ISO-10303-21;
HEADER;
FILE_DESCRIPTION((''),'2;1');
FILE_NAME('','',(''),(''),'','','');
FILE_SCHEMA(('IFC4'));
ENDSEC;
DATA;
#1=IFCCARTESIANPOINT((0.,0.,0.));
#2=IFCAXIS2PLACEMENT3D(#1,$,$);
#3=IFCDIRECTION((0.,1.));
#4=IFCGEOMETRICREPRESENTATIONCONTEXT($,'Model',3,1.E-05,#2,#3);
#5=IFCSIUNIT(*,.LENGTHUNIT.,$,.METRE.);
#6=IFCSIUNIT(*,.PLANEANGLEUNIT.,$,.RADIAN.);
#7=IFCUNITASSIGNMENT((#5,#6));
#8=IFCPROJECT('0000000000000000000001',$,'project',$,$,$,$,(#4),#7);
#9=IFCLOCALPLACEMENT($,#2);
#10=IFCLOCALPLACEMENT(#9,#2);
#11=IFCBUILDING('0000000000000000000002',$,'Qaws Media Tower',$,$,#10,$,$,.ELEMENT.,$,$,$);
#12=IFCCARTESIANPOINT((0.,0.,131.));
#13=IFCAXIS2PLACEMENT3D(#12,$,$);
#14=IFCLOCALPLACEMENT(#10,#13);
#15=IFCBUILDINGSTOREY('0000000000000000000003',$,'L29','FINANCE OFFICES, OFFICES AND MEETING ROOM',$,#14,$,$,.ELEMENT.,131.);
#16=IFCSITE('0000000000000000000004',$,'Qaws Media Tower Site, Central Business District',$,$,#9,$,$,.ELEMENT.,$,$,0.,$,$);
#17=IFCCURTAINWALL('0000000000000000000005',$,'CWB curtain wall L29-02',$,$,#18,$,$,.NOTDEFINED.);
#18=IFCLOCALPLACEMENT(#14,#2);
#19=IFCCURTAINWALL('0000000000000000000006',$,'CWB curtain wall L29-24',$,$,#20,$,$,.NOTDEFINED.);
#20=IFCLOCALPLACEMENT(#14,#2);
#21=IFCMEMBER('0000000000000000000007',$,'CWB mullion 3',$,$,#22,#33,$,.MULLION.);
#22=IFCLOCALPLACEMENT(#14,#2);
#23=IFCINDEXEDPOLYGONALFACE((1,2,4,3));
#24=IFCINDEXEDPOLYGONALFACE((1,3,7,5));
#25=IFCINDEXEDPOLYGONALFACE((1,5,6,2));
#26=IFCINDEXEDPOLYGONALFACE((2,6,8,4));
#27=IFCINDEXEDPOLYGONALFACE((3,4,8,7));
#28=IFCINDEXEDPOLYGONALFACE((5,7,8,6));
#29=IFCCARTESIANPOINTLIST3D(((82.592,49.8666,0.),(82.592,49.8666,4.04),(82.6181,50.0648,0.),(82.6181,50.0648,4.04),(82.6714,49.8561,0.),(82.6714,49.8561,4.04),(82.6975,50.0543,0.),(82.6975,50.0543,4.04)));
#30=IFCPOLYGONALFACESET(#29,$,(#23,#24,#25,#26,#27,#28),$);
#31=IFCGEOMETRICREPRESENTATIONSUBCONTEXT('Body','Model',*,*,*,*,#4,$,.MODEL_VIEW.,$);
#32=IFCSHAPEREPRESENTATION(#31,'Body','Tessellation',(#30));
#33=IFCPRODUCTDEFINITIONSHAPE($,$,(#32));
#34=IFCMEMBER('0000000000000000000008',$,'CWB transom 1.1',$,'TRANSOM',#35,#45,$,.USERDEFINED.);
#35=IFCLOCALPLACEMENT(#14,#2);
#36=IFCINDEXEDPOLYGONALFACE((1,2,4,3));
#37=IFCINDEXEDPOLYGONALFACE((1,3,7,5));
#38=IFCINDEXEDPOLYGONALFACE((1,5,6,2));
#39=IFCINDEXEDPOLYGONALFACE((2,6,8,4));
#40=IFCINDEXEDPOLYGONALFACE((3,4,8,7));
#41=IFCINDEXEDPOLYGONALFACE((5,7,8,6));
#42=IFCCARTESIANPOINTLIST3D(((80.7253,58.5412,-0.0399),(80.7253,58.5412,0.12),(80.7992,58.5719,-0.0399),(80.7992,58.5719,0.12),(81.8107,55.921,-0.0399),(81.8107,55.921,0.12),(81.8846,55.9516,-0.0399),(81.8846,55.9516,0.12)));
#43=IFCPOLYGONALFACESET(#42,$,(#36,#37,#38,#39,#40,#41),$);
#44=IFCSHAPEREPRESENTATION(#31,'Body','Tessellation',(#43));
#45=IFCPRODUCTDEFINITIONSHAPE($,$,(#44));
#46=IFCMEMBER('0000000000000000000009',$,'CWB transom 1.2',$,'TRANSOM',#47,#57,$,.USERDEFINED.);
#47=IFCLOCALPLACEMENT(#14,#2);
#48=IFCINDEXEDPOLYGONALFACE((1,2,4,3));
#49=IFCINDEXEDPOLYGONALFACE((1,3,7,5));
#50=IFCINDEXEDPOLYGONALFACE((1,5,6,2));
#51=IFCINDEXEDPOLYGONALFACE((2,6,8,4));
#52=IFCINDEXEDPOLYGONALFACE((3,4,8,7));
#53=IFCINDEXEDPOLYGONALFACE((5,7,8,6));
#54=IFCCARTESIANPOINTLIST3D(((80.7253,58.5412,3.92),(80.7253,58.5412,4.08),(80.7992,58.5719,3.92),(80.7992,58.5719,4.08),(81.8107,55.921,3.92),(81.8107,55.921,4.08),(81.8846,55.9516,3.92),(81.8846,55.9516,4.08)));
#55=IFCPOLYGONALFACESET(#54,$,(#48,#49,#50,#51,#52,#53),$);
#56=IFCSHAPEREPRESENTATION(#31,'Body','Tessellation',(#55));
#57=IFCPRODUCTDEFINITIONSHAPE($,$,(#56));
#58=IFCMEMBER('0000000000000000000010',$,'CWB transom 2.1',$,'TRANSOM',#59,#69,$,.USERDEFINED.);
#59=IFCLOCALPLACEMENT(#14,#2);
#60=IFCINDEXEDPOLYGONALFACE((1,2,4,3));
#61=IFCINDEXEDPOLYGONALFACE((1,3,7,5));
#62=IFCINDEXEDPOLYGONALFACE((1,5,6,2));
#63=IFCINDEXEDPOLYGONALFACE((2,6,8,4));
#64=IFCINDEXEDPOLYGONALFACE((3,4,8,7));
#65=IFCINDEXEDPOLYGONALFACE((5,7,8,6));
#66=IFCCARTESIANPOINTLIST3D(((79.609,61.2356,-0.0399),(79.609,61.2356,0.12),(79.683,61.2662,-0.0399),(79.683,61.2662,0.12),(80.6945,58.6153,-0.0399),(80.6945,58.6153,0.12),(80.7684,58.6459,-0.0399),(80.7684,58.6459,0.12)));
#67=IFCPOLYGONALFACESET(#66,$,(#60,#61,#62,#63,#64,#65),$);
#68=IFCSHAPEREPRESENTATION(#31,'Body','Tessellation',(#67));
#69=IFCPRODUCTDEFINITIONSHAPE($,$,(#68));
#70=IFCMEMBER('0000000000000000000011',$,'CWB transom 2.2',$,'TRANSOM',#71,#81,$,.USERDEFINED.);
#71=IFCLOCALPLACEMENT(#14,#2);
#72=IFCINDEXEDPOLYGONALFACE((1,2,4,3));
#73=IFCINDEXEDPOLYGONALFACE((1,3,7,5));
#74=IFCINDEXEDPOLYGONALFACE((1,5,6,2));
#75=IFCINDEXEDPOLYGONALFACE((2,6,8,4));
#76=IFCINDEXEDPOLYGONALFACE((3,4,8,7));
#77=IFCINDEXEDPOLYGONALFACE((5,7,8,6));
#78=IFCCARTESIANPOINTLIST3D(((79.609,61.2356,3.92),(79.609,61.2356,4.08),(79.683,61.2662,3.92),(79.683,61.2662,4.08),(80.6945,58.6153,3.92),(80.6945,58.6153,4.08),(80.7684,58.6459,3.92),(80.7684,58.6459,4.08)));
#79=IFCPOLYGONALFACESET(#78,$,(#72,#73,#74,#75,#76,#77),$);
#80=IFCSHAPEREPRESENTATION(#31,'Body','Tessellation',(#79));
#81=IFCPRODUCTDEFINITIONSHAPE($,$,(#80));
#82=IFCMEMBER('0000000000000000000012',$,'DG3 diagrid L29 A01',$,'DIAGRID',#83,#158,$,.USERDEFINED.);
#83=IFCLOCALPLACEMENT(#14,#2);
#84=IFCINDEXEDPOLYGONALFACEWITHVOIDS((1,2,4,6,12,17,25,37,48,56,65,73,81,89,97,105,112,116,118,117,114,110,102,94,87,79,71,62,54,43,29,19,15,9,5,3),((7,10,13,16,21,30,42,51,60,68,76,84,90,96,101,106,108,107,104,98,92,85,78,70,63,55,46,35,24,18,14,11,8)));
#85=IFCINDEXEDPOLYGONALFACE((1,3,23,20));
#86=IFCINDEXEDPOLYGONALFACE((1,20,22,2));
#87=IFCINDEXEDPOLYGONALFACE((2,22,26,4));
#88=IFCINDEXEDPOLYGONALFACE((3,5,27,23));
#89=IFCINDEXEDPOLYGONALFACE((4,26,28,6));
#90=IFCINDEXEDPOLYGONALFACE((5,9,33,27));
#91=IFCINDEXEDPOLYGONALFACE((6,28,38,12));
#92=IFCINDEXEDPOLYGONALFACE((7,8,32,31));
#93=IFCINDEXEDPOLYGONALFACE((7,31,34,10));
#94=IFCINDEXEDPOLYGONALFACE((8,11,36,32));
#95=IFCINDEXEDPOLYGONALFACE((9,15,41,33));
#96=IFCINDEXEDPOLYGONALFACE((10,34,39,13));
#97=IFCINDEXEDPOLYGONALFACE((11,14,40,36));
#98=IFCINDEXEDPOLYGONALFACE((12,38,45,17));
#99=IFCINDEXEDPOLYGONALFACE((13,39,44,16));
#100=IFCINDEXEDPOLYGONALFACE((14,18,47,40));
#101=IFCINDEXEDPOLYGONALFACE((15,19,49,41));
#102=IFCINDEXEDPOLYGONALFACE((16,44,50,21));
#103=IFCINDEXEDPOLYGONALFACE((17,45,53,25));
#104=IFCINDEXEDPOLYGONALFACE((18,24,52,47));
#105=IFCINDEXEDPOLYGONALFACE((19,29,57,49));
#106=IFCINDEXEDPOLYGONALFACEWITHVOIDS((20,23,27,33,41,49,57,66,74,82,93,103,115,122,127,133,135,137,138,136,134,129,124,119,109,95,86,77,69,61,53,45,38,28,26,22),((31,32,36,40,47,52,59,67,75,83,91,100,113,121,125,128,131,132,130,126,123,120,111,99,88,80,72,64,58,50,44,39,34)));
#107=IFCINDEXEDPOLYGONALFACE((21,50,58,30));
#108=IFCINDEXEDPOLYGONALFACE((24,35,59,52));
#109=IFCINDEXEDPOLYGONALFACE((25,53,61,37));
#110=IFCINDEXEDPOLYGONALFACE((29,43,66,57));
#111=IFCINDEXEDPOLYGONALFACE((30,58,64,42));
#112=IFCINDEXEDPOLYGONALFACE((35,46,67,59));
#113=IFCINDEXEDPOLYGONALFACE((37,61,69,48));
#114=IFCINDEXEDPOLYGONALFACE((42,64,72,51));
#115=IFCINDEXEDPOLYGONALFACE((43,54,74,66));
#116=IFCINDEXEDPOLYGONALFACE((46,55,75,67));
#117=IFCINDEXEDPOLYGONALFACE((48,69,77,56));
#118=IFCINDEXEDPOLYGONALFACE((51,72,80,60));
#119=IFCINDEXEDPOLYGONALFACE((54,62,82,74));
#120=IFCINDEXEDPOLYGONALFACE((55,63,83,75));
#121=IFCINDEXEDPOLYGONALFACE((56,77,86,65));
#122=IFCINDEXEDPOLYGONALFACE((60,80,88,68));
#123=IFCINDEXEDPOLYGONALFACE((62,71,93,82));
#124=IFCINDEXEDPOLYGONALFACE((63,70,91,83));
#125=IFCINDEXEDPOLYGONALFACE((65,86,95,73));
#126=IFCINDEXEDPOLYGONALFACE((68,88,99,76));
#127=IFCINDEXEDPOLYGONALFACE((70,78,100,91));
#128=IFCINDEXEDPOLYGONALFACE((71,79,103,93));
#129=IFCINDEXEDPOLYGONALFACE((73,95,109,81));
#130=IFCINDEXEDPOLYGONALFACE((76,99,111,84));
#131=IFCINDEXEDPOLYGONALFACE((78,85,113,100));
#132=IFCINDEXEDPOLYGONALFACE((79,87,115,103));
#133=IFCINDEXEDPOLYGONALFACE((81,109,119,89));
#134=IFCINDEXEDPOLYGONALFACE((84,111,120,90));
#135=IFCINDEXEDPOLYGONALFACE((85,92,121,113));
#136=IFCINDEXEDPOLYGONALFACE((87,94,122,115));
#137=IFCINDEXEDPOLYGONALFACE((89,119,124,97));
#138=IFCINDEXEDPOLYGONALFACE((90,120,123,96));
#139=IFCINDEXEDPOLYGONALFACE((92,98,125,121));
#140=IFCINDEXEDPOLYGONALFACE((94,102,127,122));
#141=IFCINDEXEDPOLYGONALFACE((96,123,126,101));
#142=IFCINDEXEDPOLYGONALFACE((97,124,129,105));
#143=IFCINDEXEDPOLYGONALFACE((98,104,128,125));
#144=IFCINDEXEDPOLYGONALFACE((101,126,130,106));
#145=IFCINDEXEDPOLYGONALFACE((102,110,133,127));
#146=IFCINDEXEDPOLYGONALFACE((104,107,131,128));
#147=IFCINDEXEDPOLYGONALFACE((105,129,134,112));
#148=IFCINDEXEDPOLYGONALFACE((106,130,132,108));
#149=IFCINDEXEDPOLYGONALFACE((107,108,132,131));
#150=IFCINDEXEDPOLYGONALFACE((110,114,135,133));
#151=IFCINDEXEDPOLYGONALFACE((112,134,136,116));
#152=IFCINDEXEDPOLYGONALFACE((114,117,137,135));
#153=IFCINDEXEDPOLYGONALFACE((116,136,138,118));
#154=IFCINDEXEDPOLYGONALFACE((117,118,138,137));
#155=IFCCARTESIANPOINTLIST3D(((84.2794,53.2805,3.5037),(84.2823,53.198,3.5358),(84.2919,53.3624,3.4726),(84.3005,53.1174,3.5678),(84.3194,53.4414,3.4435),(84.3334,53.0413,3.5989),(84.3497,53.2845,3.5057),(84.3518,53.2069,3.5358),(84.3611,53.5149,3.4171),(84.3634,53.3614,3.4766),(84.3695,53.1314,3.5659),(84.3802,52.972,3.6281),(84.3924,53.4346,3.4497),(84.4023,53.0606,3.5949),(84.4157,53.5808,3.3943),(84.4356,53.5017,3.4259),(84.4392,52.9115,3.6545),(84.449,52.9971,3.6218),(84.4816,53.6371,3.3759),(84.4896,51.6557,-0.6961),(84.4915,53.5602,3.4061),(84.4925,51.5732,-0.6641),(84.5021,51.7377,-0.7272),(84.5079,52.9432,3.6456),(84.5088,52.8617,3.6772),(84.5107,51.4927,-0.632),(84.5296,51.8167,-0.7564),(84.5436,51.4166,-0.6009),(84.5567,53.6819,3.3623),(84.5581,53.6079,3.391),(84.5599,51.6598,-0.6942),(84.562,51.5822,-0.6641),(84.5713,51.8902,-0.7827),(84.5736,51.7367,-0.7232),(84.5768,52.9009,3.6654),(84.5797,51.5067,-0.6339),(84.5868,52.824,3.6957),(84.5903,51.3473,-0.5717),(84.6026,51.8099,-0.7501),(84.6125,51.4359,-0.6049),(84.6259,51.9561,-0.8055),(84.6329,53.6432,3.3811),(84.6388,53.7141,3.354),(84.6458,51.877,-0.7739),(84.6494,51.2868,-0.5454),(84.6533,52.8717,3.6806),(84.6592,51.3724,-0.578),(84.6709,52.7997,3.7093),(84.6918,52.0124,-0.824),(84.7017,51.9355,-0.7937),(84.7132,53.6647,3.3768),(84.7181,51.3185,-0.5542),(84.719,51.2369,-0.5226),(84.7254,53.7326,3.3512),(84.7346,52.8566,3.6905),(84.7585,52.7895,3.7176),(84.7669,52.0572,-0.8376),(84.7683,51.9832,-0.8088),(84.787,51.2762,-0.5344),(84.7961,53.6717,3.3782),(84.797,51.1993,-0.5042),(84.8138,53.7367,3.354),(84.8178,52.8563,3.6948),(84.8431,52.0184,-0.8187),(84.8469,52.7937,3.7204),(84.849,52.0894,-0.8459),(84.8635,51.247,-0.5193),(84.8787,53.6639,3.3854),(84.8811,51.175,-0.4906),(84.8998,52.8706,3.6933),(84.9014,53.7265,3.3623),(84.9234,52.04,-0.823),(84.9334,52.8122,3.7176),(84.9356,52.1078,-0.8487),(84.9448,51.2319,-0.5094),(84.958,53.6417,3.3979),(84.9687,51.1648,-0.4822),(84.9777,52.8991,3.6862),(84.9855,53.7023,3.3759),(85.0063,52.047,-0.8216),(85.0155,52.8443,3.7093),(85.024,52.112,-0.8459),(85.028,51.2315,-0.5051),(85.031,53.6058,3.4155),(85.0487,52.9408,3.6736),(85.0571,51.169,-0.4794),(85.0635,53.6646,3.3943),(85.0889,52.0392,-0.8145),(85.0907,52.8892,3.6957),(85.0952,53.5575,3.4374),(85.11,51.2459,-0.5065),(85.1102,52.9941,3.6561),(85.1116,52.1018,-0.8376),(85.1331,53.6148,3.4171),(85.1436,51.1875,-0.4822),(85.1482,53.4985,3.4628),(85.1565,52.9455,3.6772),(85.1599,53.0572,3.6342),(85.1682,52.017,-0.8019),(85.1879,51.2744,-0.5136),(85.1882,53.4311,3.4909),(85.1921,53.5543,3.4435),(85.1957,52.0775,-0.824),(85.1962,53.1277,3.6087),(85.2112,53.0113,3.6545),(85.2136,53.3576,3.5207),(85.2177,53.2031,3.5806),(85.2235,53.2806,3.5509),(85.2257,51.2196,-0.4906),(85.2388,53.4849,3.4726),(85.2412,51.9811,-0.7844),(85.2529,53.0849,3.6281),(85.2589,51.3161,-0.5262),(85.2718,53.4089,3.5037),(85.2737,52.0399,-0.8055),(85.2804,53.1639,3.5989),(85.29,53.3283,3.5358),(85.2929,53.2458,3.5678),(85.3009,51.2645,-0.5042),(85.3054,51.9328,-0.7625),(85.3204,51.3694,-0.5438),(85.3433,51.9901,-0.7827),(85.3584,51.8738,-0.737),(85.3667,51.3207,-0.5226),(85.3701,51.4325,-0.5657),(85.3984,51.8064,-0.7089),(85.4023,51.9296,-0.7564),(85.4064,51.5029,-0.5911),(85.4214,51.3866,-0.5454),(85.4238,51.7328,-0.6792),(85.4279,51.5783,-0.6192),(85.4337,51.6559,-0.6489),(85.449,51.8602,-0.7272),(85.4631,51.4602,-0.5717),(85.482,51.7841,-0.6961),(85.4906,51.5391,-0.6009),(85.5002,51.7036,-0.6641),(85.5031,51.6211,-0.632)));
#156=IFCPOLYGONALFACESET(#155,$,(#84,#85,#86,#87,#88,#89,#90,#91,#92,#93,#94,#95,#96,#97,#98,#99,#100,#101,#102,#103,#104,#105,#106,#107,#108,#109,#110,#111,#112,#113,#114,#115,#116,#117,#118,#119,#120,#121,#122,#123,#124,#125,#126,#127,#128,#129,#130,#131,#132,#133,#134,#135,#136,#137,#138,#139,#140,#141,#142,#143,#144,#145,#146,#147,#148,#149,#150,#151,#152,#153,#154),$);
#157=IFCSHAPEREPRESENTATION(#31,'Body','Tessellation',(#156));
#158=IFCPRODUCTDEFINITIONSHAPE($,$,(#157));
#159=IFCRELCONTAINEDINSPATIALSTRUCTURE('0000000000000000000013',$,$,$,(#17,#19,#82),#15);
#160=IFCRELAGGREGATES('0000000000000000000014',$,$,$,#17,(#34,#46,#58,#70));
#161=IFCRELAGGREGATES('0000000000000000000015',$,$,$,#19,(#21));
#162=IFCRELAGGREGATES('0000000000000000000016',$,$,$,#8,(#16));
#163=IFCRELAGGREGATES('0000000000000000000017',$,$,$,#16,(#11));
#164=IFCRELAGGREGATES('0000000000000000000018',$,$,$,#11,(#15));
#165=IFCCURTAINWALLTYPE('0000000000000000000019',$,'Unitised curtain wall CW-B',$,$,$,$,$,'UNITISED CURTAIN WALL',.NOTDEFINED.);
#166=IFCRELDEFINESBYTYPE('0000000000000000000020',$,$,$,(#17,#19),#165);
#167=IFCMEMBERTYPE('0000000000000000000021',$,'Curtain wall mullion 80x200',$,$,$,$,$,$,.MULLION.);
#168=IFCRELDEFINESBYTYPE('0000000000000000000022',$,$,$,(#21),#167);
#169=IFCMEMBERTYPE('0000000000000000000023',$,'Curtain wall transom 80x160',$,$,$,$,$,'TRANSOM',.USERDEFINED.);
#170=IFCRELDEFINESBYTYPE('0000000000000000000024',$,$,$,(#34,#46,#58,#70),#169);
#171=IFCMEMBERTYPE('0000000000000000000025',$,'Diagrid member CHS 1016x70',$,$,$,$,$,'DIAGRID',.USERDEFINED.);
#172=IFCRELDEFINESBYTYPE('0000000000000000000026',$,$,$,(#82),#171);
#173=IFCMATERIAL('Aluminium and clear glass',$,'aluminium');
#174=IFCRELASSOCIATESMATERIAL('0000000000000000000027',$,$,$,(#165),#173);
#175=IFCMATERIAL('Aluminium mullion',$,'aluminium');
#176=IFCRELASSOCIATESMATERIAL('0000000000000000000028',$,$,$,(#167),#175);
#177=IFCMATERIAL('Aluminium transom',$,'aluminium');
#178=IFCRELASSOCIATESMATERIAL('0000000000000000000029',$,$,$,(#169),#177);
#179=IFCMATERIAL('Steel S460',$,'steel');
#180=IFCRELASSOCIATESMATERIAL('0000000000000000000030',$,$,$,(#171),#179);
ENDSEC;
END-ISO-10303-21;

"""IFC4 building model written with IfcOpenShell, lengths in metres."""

from ifc_helpers import new_model, si_unit, direction, frame, origin, origin_2d, place, context, subcontext, project, spatial, rectangle, hollow_circle, extrude, material, material_profile, profile_set, type_object, element, aggregate, save


model = new_model("IFC4")

# Units and contexts
model_context = context("Model", 3, precision=1e-05, world=origin(), true_north=direction((0.0, 1.0)))
body_context = subcontext(model_context, "Body", "Model", "MODEL_VIEW")
ifc_project = project(units=[si_unit("LENGTHUNIT", "METRE"), si_unit("PLANEANGLEUNIT", "RADIAN")], contexts=[model_context])

# Site, building, storey
site_placement = place(None, origin())
site = spatial("IfcSite", under=ifc_project, at=site_placement, Name="Qaws Media Tower Site, Central Business District", CompositionType="ELEMENT", RefElevation=0.0)
building_placement = place(site_placement, origin())
building = spatial("IfcBuilding", under=site, at=building_placement, Name="Qaws Media Tower", CompositionType="ELEMENT")
storey_placement = place(building_placement, frame((0.0, 0.0, 131.0)))
storey = spatial("IfcBuildingStorey", under=building, at=storey_placement, Name="L29", Description="FINANCE OFFICES, OFFICES AND MEETING ROOM", CompositionType="ELEMENT", Elevation=131.0)

# Curtain wall
ifc_material_1 = material(Name="Aluminium and clear glass", Category="aluminium")
curtain_wall_type = type_object("IfcCurtainWallType", Name="Unitised curtain wall CW-B", ElementType="UNITISED CURTAIN WALL", PredefinedType="NOTDEFINED", material=ifc_material_1)
curtain_wall_1_placement = place(storey_placement, origin())
curtain_wall_1 = element("IfcCurtainWall", 1, at=curtain_wall_1_placement, inside=storey, type_object=curtain_wall_type, Name="CWB curtain wall L29-02", PredefinedType="NOTDEFINED")
ifc_material_2 = material(Name="Aluminium mullion", Category="aluminium")
ifc_material_profile_1 = material_profile(ifc_material_2, rectangle(XDim=0.0801, YDim=0.2, at=origin_2d()), Name="80x200")
ifc_profile_set_1 = profile_set([ifc_material_profile_1], Name="Aluminium mullion")
member_type_1 = type_object("IfcMemberType", Name="Curtain wall mullion 80x200", PredefinedType="MULLION", material=ifc_profile_set_1)

# Curtain wall, member
curtain_wall_2_placement = place(storey_placement, origin())
curtain_wall_2 = element("IfcCurtainWall", 2, at=curtain_wall_2_placement, inside=storey, type_object=curtain_wall_type, Name="CWB curtain wall L29-24", PredefinedType="NOTDEFINED")
member_1_placement = place(storey_placement, frame((82.6448, 49.9604, 0.0), z_axis=(0.0, 0.0, 1.0), x_axis=(-0.991445, 0.130526, 0.0)))
member_1 = element("IfcMember", 3, at=member_1_placement, type_object=member_type_1, Name="CWB mullion 3", PredefinedType="MULLION", context=body_context, shape_type="SweptSolid", body=[
    extrude(rectangle(XDim=0.0801, YDim=0.2, at=origin_2d()), origin(), (0.0, 0.0, 1.0), 4.04),
])

# Members
ifc_material_3 = material(Name="Aluminium transom", Category="aluminium")
ifc_material_profile_2 = material_profile(ifc_material_3, rectangle(XDim=0.0801, YDim=0.1599, at=origin_2d()), Name="80x160")
ifc_profile_set_2 = profile_set([ifc_material_profile_2], Name="Aluminium transom")
member_type_2 = type_object("IfcMemberType", Name="Curtain wall transom 80x160", ElementType="TRANSOM", PredefinedType="USERDEFINED", material=ifc_profile_set_2)
member_2_placement = place(storey_placement, frame((81.8477, 55.9363, 0.04), z_axis=(-0.382701, 0.923872, 0.0), x_axis=(-0.923872, -0.382701, 0.0)))
member_2 = element("IfcMember", 4, at=member_2_placement, type_object=member_type_2, Name="CWB transom 1.1", ObjectType="TRANSOM", PredefinedType="USERDEFINED", context=body_context, shape_type="SweptSolid", body=[
    extrude(rectangle(XDim=0.0801, YDim=0.1599, at=origin_2d()), origin(), (0.0, 0.0, 1.0), 2.8362),
])
member_3_placement = place(storey_placement, frame((81.8477, 55.9363, 4.0), z_axis=(-0.382701, 0.923872, 0.0), x_axis=(-0.923872, -0.382701, 0.0)))
member_3 = element("IfcMember", 5, at=member_3_placement, type_object=member_type_2, Name="CWB transom 1.2", ObjectType="TRANSOM", PredefinedType="USERDEFINED", context=body_context, shape_type="SweptSolid", body=[
    extrude(rectangle(XDim=0.0801, YDim=0.1599, at=origin_2d()), origin(), (0.0, 0.0, 1.0), 2.8362),
])
member_4_placement = place(storey_placement, frame((80.7314, 58.6306, 0.04), z_axis=(-0.382701, 0.923872, 0.0), x_axis=(-0.923872, -0.382701, 0.0)))
member_4 = element("IfcMember", 6, at=member_4_placement, type_object=member_type_2, Name="CWB transom 2.1", ObjectType="TRANSOM", PredefinedType="USERDEFINED", context=body_context, shape_type="SweptSolid", body=[
    extrude(rectangle(XDim=0.0801, YDim=0.1599, at=origin_2d()), origin(), (0.0, 0.0, 1.0), 2.8362),
])
member_5_placement = place(storey_placement, frame((80.7314, 58.6306, 4.0), z_axis=(-0.382701, 0.923872, 0.0), x_axis=(-0.923872, -0.382701, 0.0)))
member_5 = element("IfcMember", 7, at=member_5_placement, type_object=member_type_2, Name="CWB transom 2.2", ObjectType="TRANSOM", PredefinedType="USERDEFINED", context=body_context, shape_type="SweptSolid", body=[
    extrude(rectangle(XDim=0.0801, YDim=0.1599, at=origin_2d()), origin(), (0.0, 0.0, 1.0), 2.8362),
])

# Member
ifc_material_4 = material(Name="Steel S460", Category="steel")
ifc_material_profile_3 = material_profile(ifc_material_4, hollow_circle(Radius=0.5081, WallThickness=0.0701, at=origin_2d()), Name="CHS 1016x70")
ifc_profile_set_3 = profile_set([ifc_material_profile_3], Name="Steel S460")
member_type_3 = type_object("IfcMemberType", Name="Diagrid member CHS 1016x70", ElementType="DIAGRID", PredefinedType="USERDEFINED", material=ifc_profile_set_3)
for number, where, z_axis, x_axis, name in (
    (8, (84.9963, 51.6384, -0.6641), (-0.046628, 0.360402, 0.931631), (-0.991734, -0.128307, 0.0), "DG3 diagrid L29 A01"),
):
    element("IfcMember", number, at=place(storey_placement, frame(where, z_axis=z_axis, x_axis=x_axis)), inside=storey, type_object=member_type_3, Name=name, ObjectType="DIAGRID", PredefinedType="USERDEFINED", context=body_context, shape_type="SweptSolid", body=[
        extrude(hollow_circle(Radius=0.5081, WallThickness=0.0701, at=origin_2d()), origin(), (0.0, 0.0, 1.0), 4.5081),
    ])

aggregate(curtain_wall_1, [member_2, member_3, member_4, member_5])
aggregate(curtain_wall_2, [member_1])

save(model, "model.ifc")
